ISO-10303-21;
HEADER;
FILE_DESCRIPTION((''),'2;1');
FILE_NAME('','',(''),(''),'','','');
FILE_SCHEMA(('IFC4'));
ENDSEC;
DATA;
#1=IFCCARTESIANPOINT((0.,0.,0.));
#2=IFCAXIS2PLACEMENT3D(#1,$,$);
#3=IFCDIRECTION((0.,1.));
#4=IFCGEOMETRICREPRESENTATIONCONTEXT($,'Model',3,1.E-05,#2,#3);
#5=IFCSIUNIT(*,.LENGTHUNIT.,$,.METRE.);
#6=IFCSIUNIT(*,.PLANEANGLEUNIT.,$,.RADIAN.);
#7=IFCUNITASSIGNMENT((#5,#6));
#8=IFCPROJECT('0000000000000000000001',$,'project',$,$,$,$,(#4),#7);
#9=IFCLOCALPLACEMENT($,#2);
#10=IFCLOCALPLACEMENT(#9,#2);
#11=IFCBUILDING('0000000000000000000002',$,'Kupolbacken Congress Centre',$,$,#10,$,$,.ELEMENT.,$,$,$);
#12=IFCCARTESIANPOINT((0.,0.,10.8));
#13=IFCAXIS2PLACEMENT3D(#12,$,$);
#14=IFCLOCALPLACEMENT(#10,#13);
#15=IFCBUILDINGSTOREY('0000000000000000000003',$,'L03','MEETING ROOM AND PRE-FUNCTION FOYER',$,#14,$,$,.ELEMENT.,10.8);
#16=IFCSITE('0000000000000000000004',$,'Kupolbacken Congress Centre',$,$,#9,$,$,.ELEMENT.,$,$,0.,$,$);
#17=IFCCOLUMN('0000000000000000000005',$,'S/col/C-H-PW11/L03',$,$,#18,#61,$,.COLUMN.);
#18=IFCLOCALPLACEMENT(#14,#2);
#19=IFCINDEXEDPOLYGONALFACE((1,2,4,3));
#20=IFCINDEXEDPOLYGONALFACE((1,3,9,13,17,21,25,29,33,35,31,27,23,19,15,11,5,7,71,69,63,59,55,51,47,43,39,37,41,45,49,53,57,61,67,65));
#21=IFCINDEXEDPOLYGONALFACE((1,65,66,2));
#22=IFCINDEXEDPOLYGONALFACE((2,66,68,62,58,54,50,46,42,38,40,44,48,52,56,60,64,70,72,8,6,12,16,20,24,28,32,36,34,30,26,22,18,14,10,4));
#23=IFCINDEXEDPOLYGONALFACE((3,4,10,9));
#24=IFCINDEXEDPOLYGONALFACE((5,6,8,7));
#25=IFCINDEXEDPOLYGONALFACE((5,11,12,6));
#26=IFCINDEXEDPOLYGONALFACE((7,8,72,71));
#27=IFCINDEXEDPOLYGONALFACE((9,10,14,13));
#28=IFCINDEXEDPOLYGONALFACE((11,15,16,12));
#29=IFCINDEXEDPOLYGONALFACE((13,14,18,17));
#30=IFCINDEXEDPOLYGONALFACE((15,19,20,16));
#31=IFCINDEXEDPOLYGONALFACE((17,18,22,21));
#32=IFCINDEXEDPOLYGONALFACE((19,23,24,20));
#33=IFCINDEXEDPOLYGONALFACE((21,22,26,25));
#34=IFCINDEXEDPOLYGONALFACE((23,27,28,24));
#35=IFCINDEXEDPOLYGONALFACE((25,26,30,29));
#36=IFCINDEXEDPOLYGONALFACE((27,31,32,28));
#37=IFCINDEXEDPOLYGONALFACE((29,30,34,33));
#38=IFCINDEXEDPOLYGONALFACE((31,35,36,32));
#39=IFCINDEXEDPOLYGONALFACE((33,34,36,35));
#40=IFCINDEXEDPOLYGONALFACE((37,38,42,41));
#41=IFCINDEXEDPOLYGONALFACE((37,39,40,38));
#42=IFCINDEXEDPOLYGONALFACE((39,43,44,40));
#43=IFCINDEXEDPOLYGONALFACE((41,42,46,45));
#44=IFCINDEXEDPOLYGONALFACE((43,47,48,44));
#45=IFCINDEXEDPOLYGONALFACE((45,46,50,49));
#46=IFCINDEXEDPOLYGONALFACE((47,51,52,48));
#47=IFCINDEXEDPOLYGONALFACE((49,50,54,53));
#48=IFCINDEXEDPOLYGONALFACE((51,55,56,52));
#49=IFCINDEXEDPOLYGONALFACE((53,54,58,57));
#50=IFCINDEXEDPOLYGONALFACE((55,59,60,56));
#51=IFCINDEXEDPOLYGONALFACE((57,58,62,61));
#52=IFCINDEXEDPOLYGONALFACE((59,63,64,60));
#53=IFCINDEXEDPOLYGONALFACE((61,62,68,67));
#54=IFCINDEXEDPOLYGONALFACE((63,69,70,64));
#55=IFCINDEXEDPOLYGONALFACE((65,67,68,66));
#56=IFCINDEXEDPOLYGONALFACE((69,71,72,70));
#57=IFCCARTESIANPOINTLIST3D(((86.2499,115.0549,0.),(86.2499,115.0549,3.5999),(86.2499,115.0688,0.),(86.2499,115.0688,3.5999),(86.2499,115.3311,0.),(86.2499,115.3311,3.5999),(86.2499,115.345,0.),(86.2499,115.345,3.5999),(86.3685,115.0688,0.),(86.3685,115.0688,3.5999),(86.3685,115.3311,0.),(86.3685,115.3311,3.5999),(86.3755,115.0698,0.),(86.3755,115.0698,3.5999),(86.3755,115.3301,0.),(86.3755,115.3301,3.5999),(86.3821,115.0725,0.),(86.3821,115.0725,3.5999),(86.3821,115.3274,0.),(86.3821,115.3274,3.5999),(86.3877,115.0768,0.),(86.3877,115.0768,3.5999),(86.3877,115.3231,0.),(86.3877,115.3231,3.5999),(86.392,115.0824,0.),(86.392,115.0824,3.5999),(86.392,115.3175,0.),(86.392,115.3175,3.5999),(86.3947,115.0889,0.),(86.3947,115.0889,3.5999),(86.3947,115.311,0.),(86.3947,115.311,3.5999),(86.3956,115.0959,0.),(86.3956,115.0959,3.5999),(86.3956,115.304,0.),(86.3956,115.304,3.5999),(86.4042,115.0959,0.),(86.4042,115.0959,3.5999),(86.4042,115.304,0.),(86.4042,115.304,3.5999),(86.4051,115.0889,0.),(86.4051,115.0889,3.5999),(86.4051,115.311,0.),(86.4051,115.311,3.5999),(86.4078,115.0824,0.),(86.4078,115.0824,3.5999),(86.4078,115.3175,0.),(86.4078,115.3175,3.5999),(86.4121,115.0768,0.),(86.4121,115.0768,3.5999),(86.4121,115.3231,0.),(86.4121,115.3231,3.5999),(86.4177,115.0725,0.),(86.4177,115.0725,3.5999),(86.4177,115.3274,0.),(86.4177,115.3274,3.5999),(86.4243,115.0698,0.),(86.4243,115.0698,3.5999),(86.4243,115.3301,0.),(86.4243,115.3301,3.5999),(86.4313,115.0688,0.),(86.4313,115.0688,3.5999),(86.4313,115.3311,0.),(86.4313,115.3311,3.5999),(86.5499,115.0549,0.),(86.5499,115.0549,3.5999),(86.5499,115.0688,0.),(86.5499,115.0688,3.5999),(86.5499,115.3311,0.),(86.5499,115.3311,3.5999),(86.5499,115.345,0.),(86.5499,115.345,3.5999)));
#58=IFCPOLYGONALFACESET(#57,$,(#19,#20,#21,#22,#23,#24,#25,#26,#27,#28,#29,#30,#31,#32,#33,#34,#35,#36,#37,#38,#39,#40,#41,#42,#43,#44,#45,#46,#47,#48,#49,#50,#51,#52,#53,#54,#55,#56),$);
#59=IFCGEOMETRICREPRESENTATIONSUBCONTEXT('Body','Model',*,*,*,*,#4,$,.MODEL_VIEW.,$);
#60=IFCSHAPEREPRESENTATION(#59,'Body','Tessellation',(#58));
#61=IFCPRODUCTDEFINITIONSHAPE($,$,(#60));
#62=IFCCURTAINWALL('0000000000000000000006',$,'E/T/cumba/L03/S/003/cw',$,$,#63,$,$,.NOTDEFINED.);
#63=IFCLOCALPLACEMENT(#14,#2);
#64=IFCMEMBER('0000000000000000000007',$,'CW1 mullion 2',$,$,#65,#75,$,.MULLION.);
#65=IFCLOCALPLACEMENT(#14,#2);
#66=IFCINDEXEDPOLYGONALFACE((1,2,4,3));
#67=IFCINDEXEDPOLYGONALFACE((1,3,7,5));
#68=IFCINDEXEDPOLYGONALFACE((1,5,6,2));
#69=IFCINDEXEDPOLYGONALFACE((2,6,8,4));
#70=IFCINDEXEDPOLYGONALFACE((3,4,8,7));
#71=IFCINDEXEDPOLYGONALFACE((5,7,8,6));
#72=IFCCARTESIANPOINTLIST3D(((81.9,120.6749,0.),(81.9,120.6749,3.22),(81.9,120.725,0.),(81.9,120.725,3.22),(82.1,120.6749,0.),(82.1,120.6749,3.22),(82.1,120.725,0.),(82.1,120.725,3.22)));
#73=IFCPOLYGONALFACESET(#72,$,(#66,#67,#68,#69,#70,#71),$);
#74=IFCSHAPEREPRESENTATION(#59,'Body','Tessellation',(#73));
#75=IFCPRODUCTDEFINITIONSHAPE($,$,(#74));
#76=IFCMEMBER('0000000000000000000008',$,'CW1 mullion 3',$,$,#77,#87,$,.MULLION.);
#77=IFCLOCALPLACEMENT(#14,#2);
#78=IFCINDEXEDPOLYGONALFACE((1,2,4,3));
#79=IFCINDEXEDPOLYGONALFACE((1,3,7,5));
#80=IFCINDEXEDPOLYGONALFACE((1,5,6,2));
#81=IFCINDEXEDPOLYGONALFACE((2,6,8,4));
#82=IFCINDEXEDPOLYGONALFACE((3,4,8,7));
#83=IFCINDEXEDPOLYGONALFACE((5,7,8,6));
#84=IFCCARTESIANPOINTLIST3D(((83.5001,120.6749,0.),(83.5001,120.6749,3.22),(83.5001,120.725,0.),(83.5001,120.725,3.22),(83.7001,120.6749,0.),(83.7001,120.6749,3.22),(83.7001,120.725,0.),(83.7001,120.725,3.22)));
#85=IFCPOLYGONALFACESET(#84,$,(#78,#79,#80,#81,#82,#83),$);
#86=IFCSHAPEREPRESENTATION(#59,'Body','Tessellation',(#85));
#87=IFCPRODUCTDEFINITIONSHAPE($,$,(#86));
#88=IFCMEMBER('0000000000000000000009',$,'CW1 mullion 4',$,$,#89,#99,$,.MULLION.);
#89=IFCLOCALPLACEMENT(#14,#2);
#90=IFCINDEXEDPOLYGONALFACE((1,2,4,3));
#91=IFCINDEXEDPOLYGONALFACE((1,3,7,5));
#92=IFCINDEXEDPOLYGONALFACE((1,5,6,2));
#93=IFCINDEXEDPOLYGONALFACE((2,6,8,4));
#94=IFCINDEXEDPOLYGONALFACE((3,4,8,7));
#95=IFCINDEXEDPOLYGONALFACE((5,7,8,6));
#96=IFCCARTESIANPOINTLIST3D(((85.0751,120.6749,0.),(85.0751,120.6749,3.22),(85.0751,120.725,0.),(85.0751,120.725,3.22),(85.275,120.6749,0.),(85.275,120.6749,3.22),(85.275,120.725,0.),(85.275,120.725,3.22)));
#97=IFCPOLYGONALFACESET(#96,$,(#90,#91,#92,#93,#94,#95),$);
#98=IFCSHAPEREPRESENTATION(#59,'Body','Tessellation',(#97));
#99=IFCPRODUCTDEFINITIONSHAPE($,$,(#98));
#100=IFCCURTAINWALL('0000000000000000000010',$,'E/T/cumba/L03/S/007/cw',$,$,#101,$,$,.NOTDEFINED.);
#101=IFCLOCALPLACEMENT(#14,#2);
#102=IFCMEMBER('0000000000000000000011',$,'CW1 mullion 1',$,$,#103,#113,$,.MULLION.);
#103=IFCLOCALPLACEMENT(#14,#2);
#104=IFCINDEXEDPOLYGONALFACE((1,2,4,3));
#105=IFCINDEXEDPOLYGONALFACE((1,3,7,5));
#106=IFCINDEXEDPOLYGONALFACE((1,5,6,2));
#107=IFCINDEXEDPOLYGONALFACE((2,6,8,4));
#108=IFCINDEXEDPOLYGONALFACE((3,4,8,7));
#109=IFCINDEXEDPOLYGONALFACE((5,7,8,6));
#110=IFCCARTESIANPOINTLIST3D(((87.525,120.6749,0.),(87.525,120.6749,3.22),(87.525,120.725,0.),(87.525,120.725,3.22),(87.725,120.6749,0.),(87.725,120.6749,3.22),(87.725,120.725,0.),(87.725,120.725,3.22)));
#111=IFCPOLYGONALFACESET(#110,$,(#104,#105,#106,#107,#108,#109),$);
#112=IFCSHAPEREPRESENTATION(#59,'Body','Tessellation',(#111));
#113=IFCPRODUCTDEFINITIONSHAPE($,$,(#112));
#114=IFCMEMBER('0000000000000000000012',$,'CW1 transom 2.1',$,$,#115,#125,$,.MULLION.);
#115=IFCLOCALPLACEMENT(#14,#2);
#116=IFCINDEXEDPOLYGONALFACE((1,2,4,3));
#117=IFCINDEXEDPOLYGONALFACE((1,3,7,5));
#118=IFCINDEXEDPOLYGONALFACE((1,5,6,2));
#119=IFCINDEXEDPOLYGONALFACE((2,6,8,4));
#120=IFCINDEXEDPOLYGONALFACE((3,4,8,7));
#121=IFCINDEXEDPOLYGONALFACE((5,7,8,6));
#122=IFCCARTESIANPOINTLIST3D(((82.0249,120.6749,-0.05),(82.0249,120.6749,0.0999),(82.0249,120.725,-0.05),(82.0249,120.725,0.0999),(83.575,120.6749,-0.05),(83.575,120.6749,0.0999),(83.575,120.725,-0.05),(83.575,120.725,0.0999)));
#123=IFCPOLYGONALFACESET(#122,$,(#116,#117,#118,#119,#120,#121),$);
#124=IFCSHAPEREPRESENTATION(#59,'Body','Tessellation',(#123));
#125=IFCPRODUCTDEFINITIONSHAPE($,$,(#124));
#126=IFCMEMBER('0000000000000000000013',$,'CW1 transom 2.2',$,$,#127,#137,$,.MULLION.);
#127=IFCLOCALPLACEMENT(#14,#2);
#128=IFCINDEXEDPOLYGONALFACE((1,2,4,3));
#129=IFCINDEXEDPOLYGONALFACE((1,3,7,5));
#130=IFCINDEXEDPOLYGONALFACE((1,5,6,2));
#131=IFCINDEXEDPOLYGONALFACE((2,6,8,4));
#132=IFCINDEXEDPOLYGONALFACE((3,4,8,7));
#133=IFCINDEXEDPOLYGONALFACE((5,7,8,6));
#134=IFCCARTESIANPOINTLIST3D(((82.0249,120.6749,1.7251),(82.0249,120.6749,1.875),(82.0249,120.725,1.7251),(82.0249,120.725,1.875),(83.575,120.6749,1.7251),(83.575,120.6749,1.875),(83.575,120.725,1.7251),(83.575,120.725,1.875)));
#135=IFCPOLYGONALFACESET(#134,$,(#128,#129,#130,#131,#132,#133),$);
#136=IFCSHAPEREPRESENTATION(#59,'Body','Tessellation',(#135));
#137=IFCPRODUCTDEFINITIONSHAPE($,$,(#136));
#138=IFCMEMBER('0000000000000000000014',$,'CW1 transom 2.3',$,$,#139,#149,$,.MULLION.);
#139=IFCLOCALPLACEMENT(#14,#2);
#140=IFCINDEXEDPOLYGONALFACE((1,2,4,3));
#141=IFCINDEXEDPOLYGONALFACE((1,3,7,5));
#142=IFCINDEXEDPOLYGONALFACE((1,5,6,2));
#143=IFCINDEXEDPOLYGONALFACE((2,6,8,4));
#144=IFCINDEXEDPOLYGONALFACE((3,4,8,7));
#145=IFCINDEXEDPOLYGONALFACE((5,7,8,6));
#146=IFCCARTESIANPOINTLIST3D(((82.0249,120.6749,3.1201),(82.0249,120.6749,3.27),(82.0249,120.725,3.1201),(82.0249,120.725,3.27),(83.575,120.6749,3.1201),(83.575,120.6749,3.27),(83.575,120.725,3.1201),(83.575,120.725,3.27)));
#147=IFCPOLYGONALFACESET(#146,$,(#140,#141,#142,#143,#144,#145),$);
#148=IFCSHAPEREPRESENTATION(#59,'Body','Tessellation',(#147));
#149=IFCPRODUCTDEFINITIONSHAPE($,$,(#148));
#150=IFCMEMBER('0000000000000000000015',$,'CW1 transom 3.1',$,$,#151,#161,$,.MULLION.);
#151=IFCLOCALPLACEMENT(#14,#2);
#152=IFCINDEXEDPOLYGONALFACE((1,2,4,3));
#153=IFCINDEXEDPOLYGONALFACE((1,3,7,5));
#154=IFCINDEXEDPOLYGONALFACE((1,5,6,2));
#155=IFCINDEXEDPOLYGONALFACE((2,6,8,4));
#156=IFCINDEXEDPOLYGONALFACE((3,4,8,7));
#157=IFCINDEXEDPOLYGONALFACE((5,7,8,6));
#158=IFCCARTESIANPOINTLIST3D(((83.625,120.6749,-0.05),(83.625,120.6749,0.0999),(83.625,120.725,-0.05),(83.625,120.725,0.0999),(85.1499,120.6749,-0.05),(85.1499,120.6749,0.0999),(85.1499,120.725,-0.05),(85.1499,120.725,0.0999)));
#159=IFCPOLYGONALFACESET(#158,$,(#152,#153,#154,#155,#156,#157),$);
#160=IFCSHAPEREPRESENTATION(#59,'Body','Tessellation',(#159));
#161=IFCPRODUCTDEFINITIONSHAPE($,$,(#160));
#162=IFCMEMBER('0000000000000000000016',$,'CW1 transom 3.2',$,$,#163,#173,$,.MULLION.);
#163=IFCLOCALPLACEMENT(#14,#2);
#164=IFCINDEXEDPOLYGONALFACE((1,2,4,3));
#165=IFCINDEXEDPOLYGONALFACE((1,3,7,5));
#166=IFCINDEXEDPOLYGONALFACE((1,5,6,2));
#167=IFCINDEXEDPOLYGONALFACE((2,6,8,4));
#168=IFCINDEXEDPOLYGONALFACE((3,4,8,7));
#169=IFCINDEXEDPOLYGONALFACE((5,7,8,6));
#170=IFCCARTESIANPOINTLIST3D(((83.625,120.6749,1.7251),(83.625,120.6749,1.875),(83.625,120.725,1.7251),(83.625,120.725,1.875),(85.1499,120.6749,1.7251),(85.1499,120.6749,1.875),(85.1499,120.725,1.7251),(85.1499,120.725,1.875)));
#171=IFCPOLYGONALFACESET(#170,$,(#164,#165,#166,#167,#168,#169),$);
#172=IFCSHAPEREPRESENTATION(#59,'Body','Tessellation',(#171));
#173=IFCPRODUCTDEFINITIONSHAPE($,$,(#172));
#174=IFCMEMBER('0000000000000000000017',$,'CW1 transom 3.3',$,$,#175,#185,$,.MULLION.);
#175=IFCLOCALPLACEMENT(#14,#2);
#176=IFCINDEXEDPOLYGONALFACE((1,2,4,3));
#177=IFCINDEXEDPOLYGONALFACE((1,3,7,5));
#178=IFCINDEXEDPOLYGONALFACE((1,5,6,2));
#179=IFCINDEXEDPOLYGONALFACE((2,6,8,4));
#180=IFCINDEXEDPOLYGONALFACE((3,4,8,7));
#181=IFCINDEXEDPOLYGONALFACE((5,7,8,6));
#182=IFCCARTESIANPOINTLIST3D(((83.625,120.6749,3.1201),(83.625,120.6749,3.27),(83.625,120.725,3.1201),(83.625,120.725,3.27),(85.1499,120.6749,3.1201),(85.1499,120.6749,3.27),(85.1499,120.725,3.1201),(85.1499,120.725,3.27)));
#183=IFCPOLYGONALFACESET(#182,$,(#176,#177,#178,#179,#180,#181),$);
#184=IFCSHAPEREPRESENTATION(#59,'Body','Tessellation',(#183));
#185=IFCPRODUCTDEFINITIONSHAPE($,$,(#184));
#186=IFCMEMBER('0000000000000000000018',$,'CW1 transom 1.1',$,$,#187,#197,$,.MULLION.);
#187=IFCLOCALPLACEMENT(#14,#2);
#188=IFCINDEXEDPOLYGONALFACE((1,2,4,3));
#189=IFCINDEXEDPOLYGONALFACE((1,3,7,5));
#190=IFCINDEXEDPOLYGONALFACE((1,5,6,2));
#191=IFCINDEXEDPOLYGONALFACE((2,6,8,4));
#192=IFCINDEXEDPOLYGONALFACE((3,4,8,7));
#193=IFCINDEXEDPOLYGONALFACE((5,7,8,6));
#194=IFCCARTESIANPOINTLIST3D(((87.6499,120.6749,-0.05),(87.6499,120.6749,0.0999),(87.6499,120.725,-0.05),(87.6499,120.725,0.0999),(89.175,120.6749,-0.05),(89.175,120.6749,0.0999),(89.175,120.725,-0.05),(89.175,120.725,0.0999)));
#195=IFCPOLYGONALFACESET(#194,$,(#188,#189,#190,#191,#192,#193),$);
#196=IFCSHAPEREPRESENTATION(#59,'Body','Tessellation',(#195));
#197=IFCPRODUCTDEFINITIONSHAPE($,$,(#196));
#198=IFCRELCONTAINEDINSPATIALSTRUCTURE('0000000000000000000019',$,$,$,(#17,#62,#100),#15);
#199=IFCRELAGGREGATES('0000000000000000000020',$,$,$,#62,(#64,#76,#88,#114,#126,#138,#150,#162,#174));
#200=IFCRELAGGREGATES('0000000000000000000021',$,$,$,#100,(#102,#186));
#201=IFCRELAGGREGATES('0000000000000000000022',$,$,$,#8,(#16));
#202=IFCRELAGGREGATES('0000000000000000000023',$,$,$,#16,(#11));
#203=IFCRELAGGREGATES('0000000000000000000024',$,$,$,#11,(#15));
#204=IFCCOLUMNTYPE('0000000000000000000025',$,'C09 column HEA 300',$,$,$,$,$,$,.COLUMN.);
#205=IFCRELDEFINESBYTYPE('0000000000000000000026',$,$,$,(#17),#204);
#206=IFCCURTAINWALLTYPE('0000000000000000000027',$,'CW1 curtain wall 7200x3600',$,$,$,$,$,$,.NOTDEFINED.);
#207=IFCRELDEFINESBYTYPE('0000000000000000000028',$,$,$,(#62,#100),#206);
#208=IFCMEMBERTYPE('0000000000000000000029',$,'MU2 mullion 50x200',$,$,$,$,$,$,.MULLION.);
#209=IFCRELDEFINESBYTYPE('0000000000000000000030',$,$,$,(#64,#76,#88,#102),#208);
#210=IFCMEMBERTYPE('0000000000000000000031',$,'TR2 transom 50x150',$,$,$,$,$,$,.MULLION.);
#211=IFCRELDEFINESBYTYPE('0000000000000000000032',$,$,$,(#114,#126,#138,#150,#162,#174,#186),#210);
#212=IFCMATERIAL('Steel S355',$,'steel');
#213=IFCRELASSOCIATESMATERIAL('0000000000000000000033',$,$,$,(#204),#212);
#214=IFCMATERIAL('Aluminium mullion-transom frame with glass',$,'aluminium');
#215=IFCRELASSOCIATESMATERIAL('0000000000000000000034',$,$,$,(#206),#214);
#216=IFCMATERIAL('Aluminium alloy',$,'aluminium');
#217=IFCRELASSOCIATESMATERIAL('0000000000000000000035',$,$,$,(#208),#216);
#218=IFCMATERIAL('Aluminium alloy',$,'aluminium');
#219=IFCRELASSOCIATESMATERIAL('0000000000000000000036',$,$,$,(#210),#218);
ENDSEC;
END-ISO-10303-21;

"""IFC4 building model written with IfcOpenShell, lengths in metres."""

from ifc_helpers import new_model, si_unit, direction, frame, origin, origin_2d, place, context, subcontext, project, spatial, rectangle, i_section, extrude, material, material_profile, profile_set, type_object, element, aggregate, save


model = new_model("IFC4")

# Units and contexts
model_context = context("Model", 3, precision=1e-05, world=origin(), true_north=direction((0.0, 1.0)))
body_context = subcontext(model_context, "Body", "Model", "MODEL_VIEW")
ifc_project = project(units=[si_unit("LENGTHUNIT", "METRE"), si_unit("PLANEANGLEUNIT", "RADIAN")], contexts=[model_context])

# Site, building, storey
site_placement = place(None, origin())
site = spatial("IfcSite", under=ifc_project, at=site_placement, Name="Kupolbacken Congress Centre", CompositionType="ELEMENT", RefElevation=0.0)
building_placement = place(site_placement, origin())
building = spatial("IfcBuilding", under=site, at=building_placement, Name="Kupolbacken Congress Centre", CompositionType="ELEMENT")
storey_placement = place(building_placement, frame((0.0, 0.0, 10.8)))
storey = spatial("IfcBuildingStorey", under=building, at=storey_placement, Name="L03", Description="MEETING ROOM AND PRE-FUNCTION FOYER", CompositionType="ELEMENT", Elevation=10.8)

# Column
ifc_material_1 = material(Name="Steel S355", Category="steel")
ifc_material_profile_1 = material_profile(ifc_material_1, i_section(OverallWidth=0.3, OverallDepth=0.29, WebThickness=0.0085, FlangeThickness=0.0139, FilletRadius=0.0271, at=origin_2d()), Name="HEA 300")
ifc_profile_set_1 = profile_set([ifc_material_profile_1], Name="Steel S355")
column_type = type_object("IfcColumnType", Name="C09 column HEA 300", PredefinedType="COLUMN", material=ifc_profile_set_1)
column_placement = place(storey_placement, frame((86.3999, 115.2, 0.0), z_axis=(0.0, 0.0, 1.0), x_axis=(1.0, 0.0, 0.0)))
element("IfcColumn", 1, at=column_placement, inside=storey, type_object=column_type, Name="S/col/C-H-PW11/L03", PredefinedType="COLUMN", context=body_context, shape_type="SweptSolid", body=[
    extrude(i_section(OverallWidth=0.3, OverallDepth=0.29, WebThickness=0.0085, FlangeThickness=0.0139, FilletRadius=0.0271, at=origin_2d()), origin(), (0.0, 0.0, 1.0), 3.5999),
])

# Curtain wall, members
ifc_material_2 = material(Name="Aluminium mullion-transom frame with glass", Category="aluminium")
curtain_wall_type = type_object("IfcCurtainWallType", Name="CW1 curtain wall 7200x3600", PredefinedType="NOTDEFINED", material=ifc_material_2)
curtain_wall_1_placement = place(storey_placement, origin())
curtain_wall_1 = element("IfcCurtainWall", 2, at=curtain_wall_1_placement, inside=storey, type_object=curtain_wall_type, Name="E/T/cumba/L03/S/003/cw", PredefinedType="NOTDEFINED")
ifc_material_3 = material(Name="Aluminium alloy", Category="aluminium")
ifc_material_profile_2 = material_profile(ifc_material_3, rectangle(XDim=0.05, YDim=0.2, at=origin_2d()), Name="50 x 200")
ifc_profile_set_2 = profile_set([ifc_material_profile_2], Name="Aluminium alloy")
member_type_1 = type_object("IfcMemberType", Name="MU2 mullion 50x200", PredefinedType="MULLION", material=ifc_profile_set_2)
member_1_placement = place(storey_placement, frame((82.0, 120.7, 0.0), z_axis=(0.0, 0.0, 1.0), x_axis=(0.0, 1.0, 0.0)))
member_1 = element("IfcMember", 3, at=member_1_placement, type_object=member_type_1, Name="CW1 mullion 2", PredefinedType="MULLION", context=body_context, shape_type="SweptSolid", body=[
    extrude(rectangle(XDim=0.05, YDim=0.2, at=origin_2d()), origin(), (0.0, 0.0, 1.0), 3.22),
])
member_2_placement = place(storey_placement, frame((83.6001, 120.7, 0.0), z_axis=(0.0, 0.0, 1.0), x_axis=(0.0, 1.0, 0.0)))
member_2 = element("IfcMember", 4, at=member_2_placement, type_object=member_type_1, Name="CW1 mullion 3", PredefinedType="MULLION", context=body_context, shape_type="SweptSolid", body=[
    extrude(rectangle(XDim=0.05, YDim=0.2, at=origin_2d()), origin(), (0.0, 0.0, 1.0), 3.22),
])
member_3_placement = place(storey_placement, frame((85.175, 120.7, 0.0), z_axis=(0.0, 0.0, 1.0), x_axis=(0.0, 1.0, 0.0)))
member_3 = element("IfcMember", 5, at=member_3_placement, type_object=member_type_1, Name="CW1 mullion 4", PredefinedType="MULLION", context=body_context, shape_type="SweptSolid", body=[
    extrude(rectangle(XDim=0.05, YDim=0.2, at=origin_2d()), origin(), (0.0, 0.0, 1.0), 3.22),
])

# Curtain wall, member
curtain_wall_2_placement = place(storey_placement, origin())
curtain_wall_2 = element("IfcCurtainWall", 6, at=curtain_wall_2_placement, inside=storey, type_object=curtain_wall_type, Name="E/T/cumba/L03/S/007/cw", PredefinedType="NOTDEFINED")
member_4_placement = place(storey_placement, frame((87.625, 120.7, 0.0), z_axis=(0.0, 0.0, 1.0), x_axis=(0.0, 1.0, 0.0)))
member_4 = element("IfcMember", 7, at=member_4_placement, type_object=member_type_1, Name="CW1 mullion 1", PredefinedType="MULLION", context=body_context, shape_type="SweptSolid", body=[
    extrude(rectangle(XDim=0.05, YDim=0.2, at=origin_2d()), origin(), (0.0, 0.0, 1.0), 3.22),
])

# Members
ifc_material_4 = material(Name="Aluminium alloy", Category="aluminium")
ifc_material_profile_3 = material_profile(ifc_material_4, rectangle(XDim=0.05, YDim=0.1499, at=origin_2d()), Name="50 x 150")
ifc_profile_set_3 = profile_set([ifc_material_profile_3], Name="Aluminium alloy")
member_type_2 = type_object("IfcMemberType", Name="TR2 transom 50x150", PredefinedType="MULLION", material=ifc_profile_set_3)
member_5_placement = place(storey_placement, frame((82.0249, 120.7, 0.0249), z_axis=(1.0, 0.0, 0.0), x_axis=(0.0, 1.0, 0.0)))
member_5 = element("IfcMember", 8, at=member_5_placement, type_object=member_type_2, Name="CW1 transom 2.1", PredefinedType="MULLION", context=body_context, shape_type="SweptSolid", body=[
    extrude(rectangle(XDim=0.05, YDim=0.1499, at=origin_2d()), origin(), (0.0, 0.0, 1.0), 1.55),
])
member_6_placement = place(storey_placement, frame((82.0249, 120.7, 1.8), z_axis=(1.0, 0.0, 0.0), x_axis=(0.0, 1.0, 0.0)))
member_6 = element("IfcMember", 9, at=member_6_placement, type_object=member_type_2, Name="CW1 transom 2.2", PredefinedType="MULLION", context=body_context, shape_type="SweptSolid", body=[
    extrude(rectangle(XDim=0.05, YDim=0.1499, at=origin_2d()), origin(), (0.0, 0.0, 1.0), 1.55),
])
member_7_placement = place(storey_placement, frame((82.0249, 120.7, 3.1951), z_axis=(1.0, 0.0, 0.0), x_axis=(0.0, 1.0, 0.0)))
member_7 = element("IfcMember", 10, at=member_7_placement, type_object=member_type_2, Name="CW1 transom 2.3", PredefinedType="MULLION", context=body_context, shape_type="SweptSolid", body=[
    extrude(rectangle(XDim=0.05, YDim=0.1499, at=origin_2d()), origin(), (0.0, 0.0, 1.0), 1.55),
])
member_8_placement = place(storey_placement, frame((83.625, 120.7, 0.0249), z_axis=(1.0, 0.0, 0.0), x_axis=(0.0, 1.0, 0.0)))
member_8 = element("IfcMember", 11, at=member_8_placement, type_object=member_type_2, Name="CW1 transom 3.1", PredefinedType="MULLION", context=body_context, shape_type="SweptSolid", body=[
    extrude(rectangle(XDim=0.05, YDim=0.1499, at=origin_2d()), origin(), (0.0, 0.0, 1.0), 1.5249),
])
member_9_placement = place(storey_placement, frame((83.625, 120.7, 1.8), z_axis=(1.0, 0.0, 0.0), x_axis=(0.0, 1.0, 0.0)))
member_9 = element("IfcMember", 12, at=member_9_placement, type_object=member_type_2, Name="CW1 transom 3.2", PredefinedType="MULLION", context=body_context, shape_type="SweptSolid", body=[
    extrude(rectangle(XDim=0.05, YDim=0.1499, at=origin_2d()), origin(), (0.0, 0.0, 1.0), 1.5249),
])
member_10_placement = place(storey_placement, frame((83.625, 120.7, 3.1951), z_axis=(1.0, 0.0, 0.0), x_axis=(0.0, 1.0, 0.0)))
member_10 = element("IfcMember", 13, at=member_10_placement, type_object=member_type_2, Name="CW1 transom 3.3", PredefinedType="MULLION", context=body_context, shape_type="SweptSolid", body=[
    extrude(rectangle(XDim=0.05, YDim=0.1499, at=origin_2d()), origin(), (0.0, 0.0, 1.0), 1.5249),
])
member_11_placement = place(storey_placement, frame((87.6499, 120.7, 0.0249), z_axis=(1.0, 0.0, 0.0), x_axis=(0.0, 1.0, 0.0)))
member_11 = element("IfcMember", 14, at=member_11_placement, type_object=member_type_2, Name="CW1 transom 1.1", PredefinedType="MULLION", context=body_context, shape_type="SweptSolid", body=[
    extrude(rectangle(XDim=0.05, YDim=0.1499, at=origin_2d()), origin(), (0.0, 0.0, 1.0), 1.5251),
])

aggregate(curtain_wall_1, [member_1, member_2, member_3, member_5, member_6, member_7, member_8, member_9, member_10])
aggregate(curtain_wall_2, [member_4, member_11])

save(model, "model.ifc")
